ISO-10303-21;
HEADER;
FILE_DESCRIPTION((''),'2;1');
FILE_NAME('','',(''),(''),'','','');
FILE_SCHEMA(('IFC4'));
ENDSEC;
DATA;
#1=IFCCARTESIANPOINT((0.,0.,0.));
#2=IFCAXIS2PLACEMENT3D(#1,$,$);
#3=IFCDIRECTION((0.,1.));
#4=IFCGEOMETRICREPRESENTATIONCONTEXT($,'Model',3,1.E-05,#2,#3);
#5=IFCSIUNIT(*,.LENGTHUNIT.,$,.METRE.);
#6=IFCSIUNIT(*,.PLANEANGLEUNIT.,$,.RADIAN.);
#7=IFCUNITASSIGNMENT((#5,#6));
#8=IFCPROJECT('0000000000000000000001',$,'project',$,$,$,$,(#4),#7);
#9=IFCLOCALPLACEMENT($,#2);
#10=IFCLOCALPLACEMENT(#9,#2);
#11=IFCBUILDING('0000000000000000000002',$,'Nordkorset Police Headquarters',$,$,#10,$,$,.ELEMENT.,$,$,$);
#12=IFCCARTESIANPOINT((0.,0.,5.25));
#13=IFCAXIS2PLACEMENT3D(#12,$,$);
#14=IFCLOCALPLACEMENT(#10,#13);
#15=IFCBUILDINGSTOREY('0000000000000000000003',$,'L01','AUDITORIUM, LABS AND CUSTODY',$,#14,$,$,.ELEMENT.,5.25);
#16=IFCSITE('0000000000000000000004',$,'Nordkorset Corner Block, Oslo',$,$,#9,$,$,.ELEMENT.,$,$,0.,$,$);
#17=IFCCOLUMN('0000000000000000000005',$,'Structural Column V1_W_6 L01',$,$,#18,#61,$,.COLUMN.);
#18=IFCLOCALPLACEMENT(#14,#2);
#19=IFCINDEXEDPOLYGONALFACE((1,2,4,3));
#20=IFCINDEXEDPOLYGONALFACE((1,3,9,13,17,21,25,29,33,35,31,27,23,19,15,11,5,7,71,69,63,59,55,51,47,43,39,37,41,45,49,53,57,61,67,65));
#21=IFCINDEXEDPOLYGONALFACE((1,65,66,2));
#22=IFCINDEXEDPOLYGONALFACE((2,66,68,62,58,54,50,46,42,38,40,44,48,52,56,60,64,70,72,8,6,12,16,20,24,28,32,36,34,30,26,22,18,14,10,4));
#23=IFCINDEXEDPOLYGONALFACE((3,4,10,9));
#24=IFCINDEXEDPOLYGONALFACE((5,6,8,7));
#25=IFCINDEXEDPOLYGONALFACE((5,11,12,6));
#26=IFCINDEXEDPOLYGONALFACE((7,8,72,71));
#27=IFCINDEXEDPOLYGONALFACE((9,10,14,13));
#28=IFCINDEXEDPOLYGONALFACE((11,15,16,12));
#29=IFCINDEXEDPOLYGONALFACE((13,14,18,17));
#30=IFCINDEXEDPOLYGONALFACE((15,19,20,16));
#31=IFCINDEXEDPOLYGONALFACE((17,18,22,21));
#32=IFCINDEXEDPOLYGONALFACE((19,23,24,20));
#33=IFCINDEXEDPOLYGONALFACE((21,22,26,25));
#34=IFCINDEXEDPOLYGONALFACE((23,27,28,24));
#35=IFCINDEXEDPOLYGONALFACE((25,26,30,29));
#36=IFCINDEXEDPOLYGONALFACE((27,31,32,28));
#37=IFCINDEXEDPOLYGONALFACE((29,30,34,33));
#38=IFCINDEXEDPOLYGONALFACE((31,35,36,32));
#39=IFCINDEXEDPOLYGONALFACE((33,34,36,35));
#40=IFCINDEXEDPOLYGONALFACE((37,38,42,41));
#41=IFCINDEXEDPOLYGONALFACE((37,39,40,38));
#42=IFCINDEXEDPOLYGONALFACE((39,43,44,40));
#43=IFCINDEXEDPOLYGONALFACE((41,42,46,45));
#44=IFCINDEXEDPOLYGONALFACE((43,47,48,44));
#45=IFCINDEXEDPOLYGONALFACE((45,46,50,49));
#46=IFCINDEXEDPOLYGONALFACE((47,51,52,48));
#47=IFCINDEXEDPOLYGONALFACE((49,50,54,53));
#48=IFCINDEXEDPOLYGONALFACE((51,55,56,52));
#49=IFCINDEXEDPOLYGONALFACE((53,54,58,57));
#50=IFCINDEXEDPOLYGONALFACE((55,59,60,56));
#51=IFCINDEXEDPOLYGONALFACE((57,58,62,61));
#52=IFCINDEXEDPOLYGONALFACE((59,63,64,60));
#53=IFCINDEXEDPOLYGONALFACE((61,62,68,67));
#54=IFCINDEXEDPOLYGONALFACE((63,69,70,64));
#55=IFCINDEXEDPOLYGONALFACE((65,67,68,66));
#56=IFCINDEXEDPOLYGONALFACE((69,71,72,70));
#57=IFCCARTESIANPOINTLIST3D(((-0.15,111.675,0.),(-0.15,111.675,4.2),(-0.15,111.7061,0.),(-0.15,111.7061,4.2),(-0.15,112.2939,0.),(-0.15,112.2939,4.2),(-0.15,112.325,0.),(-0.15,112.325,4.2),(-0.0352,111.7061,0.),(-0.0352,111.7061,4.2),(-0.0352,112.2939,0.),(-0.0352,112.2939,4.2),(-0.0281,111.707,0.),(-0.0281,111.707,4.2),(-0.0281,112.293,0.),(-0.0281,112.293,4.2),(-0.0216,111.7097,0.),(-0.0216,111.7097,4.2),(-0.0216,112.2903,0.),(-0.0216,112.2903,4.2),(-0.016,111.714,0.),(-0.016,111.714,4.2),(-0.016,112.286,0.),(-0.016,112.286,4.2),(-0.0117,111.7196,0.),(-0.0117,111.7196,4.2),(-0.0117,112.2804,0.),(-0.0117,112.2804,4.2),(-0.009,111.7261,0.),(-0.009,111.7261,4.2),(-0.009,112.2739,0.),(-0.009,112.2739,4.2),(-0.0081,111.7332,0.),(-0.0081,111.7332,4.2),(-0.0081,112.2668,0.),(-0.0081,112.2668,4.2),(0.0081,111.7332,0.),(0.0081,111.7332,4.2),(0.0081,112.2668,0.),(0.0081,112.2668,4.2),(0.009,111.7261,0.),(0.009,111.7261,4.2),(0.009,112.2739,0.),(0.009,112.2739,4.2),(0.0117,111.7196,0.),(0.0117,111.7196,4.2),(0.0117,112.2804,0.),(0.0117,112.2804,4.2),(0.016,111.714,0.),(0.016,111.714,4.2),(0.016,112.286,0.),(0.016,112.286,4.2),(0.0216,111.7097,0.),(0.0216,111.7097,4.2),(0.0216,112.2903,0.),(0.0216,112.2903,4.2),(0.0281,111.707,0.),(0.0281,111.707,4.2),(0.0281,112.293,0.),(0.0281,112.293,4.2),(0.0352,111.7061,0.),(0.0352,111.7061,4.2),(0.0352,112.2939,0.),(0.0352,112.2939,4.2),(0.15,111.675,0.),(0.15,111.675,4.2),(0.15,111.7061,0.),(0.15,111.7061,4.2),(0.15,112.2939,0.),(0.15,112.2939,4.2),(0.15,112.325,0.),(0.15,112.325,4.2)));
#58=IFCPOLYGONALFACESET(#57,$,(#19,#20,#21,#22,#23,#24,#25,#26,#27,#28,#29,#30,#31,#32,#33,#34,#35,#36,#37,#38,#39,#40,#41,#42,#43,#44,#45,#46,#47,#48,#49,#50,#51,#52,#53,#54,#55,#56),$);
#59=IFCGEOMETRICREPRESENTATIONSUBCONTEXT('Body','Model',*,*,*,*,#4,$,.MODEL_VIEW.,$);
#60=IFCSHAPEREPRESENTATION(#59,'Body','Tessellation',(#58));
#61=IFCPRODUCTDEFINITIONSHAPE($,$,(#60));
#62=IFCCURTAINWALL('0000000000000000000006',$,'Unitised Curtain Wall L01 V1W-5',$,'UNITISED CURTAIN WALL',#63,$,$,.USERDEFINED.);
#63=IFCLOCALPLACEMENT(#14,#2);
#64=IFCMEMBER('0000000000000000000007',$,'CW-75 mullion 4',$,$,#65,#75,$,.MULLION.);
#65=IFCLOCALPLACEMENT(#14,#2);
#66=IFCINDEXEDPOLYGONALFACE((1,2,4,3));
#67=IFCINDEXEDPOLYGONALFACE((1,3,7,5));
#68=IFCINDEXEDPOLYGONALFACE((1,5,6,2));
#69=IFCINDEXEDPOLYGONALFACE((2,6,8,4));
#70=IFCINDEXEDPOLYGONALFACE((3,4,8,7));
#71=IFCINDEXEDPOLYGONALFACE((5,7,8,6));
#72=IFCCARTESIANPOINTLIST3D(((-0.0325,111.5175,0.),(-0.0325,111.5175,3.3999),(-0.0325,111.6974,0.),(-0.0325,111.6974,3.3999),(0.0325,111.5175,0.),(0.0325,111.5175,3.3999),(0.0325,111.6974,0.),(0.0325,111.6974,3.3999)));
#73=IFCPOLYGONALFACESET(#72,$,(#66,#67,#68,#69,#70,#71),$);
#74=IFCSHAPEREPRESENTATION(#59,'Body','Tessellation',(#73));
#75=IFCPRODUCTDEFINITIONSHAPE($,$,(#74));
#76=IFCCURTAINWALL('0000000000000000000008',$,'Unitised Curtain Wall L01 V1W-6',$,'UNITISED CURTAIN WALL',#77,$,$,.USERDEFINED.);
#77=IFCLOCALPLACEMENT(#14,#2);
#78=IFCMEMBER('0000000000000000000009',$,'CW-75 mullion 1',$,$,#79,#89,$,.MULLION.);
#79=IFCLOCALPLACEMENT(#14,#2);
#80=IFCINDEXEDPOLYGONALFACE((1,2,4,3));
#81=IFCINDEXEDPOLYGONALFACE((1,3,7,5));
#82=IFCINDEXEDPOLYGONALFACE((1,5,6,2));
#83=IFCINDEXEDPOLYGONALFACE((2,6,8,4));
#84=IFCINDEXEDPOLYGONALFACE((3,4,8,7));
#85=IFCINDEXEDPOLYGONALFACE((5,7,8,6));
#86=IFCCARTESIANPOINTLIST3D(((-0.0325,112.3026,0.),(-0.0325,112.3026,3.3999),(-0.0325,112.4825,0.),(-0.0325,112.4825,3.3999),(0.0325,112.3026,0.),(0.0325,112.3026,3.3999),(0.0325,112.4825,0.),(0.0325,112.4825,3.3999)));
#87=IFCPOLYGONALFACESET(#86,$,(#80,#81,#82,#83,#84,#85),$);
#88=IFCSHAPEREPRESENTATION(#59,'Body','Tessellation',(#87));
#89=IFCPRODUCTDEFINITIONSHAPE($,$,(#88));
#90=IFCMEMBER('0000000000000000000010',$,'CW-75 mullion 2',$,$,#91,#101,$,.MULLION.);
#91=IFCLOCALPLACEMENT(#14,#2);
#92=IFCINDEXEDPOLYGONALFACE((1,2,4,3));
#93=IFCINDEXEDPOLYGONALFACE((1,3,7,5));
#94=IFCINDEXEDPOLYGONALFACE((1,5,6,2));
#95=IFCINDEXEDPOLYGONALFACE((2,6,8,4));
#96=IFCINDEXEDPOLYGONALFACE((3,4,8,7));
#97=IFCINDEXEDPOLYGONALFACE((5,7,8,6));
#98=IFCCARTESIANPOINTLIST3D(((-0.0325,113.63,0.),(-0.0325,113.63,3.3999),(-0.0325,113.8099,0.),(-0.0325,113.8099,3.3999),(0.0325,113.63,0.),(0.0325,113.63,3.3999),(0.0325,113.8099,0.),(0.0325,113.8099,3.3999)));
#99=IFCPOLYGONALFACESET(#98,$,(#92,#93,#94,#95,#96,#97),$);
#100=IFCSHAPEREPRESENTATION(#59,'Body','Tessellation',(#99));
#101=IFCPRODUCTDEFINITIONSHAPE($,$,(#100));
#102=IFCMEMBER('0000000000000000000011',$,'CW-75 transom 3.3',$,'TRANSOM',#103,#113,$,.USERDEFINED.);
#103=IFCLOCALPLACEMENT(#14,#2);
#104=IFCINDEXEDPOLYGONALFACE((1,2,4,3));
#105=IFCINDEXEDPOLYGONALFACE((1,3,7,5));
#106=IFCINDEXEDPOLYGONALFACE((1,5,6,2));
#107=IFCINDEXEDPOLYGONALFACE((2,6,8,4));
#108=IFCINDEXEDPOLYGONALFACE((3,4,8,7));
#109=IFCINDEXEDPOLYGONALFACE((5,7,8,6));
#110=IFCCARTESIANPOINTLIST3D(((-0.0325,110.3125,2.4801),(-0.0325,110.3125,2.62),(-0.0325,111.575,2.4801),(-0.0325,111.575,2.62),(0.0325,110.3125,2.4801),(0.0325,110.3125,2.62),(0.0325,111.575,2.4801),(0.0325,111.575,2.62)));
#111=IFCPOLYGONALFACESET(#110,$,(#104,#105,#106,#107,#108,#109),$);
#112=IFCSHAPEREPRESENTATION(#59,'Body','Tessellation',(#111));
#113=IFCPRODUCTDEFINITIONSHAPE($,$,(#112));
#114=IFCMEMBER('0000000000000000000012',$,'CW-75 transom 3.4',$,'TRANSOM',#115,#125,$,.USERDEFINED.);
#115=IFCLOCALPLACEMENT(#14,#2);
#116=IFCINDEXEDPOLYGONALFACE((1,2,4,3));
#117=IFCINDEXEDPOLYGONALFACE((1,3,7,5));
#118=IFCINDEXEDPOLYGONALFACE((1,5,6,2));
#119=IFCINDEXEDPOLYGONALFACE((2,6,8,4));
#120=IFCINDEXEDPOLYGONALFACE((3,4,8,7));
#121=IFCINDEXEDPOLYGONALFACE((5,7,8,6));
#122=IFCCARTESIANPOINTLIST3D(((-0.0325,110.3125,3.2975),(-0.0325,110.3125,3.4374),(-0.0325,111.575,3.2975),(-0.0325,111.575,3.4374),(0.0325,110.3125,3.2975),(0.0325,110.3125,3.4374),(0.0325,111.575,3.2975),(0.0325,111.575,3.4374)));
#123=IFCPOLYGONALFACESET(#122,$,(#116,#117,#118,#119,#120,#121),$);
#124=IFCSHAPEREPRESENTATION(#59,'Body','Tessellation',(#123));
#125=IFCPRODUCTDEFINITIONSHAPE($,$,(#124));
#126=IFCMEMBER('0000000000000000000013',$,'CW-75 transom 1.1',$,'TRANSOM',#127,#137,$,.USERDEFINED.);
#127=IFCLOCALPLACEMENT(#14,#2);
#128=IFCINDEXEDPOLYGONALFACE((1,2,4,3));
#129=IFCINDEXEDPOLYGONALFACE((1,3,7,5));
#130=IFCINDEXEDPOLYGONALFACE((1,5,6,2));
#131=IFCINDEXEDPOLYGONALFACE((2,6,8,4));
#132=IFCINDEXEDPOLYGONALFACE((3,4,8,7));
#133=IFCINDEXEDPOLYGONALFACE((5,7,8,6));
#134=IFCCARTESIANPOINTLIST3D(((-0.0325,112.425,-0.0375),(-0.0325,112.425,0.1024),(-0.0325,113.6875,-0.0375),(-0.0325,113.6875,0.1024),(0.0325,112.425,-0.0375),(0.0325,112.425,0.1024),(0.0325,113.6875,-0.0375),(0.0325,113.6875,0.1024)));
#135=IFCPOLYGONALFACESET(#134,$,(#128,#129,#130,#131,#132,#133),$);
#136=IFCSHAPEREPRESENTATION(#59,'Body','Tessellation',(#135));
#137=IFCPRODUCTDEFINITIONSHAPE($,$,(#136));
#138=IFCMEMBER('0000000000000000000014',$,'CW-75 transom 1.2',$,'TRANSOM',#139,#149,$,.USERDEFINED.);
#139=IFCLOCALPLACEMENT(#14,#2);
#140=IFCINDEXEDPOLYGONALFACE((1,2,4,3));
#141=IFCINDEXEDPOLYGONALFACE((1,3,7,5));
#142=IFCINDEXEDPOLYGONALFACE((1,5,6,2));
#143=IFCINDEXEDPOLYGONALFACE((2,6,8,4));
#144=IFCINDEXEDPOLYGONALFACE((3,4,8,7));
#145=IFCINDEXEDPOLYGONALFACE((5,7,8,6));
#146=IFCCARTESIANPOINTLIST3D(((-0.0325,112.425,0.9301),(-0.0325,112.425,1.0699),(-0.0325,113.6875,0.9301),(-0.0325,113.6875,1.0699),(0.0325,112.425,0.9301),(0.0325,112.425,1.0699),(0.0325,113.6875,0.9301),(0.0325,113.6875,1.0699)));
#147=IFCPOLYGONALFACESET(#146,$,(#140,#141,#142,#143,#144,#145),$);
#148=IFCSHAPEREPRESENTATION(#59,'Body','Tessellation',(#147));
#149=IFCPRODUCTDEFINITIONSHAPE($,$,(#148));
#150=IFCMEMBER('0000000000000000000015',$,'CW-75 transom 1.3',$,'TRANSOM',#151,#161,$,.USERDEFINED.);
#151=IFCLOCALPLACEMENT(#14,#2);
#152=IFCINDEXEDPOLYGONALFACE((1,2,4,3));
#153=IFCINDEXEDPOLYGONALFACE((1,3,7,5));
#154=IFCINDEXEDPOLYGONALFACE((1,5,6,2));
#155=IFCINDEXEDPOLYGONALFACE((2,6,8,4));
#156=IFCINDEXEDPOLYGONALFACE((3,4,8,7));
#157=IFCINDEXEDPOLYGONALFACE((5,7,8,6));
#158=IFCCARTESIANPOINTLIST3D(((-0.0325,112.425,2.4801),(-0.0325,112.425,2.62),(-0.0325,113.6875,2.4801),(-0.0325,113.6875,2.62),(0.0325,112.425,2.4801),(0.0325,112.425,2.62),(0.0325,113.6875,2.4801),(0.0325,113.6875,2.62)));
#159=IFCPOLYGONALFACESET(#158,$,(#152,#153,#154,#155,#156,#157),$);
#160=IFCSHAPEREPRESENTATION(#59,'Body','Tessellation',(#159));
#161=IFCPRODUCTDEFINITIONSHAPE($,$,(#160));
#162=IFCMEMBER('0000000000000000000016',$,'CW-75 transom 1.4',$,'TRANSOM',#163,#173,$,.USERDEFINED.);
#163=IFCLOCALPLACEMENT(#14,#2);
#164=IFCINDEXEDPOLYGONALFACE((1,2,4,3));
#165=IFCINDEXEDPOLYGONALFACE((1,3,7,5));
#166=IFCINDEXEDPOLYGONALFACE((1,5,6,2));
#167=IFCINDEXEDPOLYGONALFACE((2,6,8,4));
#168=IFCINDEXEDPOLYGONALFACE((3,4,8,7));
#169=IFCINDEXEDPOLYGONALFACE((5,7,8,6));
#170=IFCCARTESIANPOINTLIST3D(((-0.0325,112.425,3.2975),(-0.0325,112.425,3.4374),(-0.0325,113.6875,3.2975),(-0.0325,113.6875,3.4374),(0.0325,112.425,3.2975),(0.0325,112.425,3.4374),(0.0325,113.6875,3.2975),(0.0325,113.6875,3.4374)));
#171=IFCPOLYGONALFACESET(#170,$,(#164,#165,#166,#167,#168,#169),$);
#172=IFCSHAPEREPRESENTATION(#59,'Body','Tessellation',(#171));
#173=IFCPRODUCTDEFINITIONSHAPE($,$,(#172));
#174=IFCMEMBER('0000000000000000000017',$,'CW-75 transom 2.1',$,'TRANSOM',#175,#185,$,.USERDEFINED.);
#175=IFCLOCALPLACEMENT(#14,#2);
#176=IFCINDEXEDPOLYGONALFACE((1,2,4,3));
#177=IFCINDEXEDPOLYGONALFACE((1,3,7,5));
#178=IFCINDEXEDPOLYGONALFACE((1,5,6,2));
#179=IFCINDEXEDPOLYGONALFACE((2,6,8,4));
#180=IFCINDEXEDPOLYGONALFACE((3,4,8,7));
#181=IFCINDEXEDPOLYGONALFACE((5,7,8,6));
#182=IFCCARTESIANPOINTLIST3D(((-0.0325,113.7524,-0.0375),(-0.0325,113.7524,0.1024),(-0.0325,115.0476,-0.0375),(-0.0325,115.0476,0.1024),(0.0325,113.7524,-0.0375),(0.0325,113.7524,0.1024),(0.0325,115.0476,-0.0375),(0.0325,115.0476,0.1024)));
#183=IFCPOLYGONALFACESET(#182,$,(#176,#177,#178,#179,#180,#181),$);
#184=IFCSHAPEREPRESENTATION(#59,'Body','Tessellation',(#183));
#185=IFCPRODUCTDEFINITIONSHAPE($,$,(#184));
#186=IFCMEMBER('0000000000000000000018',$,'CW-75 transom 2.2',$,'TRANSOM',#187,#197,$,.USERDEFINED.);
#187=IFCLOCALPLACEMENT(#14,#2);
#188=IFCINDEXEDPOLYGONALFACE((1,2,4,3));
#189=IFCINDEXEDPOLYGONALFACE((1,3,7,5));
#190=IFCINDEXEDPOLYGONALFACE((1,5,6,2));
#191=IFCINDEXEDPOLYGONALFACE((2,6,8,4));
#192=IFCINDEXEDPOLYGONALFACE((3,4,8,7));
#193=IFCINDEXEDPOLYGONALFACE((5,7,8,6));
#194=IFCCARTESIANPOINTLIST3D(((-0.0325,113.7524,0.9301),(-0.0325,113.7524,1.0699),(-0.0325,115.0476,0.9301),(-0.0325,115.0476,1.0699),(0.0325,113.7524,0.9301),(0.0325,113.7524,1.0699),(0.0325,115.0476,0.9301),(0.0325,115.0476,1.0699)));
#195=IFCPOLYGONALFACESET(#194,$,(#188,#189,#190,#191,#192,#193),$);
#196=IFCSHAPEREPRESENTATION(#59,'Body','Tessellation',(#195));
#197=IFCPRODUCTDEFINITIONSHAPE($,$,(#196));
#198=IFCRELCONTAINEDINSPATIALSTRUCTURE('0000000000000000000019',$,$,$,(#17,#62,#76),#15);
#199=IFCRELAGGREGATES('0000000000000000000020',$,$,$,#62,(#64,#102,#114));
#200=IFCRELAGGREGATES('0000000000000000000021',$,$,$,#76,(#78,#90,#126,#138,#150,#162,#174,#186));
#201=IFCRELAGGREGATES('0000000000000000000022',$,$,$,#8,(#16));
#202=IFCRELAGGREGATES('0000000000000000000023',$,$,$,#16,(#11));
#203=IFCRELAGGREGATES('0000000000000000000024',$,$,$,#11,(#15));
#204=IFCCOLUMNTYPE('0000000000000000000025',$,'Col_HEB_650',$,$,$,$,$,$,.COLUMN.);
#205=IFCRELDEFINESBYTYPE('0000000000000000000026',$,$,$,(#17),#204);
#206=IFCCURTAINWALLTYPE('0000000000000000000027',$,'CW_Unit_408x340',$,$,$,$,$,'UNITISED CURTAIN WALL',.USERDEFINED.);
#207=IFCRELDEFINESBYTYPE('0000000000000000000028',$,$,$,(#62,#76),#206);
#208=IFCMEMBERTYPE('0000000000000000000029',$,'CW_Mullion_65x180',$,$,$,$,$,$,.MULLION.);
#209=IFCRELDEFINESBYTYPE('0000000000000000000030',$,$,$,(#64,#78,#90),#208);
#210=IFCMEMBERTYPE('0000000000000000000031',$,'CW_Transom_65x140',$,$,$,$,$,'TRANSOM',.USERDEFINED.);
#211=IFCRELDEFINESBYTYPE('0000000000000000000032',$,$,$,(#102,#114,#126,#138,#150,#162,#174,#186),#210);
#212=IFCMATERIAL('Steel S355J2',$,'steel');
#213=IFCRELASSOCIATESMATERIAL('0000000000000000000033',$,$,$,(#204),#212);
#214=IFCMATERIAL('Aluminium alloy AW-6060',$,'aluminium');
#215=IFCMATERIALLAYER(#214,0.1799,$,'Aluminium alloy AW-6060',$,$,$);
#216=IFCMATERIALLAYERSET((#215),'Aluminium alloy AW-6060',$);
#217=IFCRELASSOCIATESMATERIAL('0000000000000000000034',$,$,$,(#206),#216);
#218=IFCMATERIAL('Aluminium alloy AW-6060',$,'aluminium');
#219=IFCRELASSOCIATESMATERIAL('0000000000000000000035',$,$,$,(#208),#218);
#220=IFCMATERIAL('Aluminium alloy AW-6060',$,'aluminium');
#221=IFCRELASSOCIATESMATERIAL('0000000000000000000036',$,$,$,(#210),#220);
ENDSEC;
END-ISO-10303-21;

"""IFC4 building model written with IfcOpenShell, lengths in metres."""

from ifc_helpers import new_model, si_unit, direction, frame, origin, origin_2d, place, context, subcontext, project, spatial, rectangle, i_section, extrude, material, layer, layer_set, material_profile, profile_set, type_object, element, aggregate, save


model = new_model("IFC4")

# Units and contexts
model_context = context("Model", 3, precision=1e-05, world=origin(), true_north=direction((0.0, 1.0)))
body_context = subcontext(model_context, "Body", "Model", "MODEL_VIEW")
ifc_project = project(units=[si_unit("LENGTHUNIT", "METRE"), si_unit("PLANEANGLEUNIT", "RADIAN")], contexts=[model_context])

# Site, building, storey
site_placement = place(None, origin())
site = spatial("IfcSite", under=ifc_project, at=site_placement, Name="Nordkorset Corner Block, Oslo", CompositionType="ELEMENT", RefElevation=0.0)
building_placement = place(site_placement, origin())
building = spatial("IfcBuilding", under=site, at=building_placement, Name="Nordkorset Police Headquarters", CompositionType="ELEMENT")
storey_placement = place(building_placement, frame((0.0, 0.0, 5.25)))
storey = spatial("IfcBuildingStorey", under=building, at=storey_placement, Name="L01", Description="AUDITORIUM, LABS AND CUSTODY", CompositionType="ELEMENT", Elevation=5.25)

# Column
ifc_material_1 = material(Name="Steel S355J2", Category="steel")
ifc_material_profile_1 = material_profile(ifc_material_1, i_section(OverallWidth=0.3, OverallDepth=0.6499, WebThickness=0.0161, FlangeThickness=0.031, FilletRadius=0.0271, at=origin_2d()), Name="HEB 650")
ifc_profile_set_1 = profile_set([ifc_material_profile_1], Name="Steel S355J2")
column_type = type_object("IfcColumnType", Name="Col_HEB_650", PredefinedType="COLUMN", material=ifc_profile_set_1)
column_placement = place(storey_placement, frame((0.0, 112.0, 0.0), z_axis=(0.0, 0.0, 1.0), x_axis=(1.0, 0.0, 0.0)))
element("IfcColumn", 1, at=column_placement, inside=storey, type_object=column_type, Name="Structural Column V1_W_6 L01", PredefinedType="COLUMN", context=body_context, shape_type="SweptSolid", body=[
    extrude(i_section(OverallWidth=0.3, OverallDepth=0.6499, WebThickness=0.0161, FlangeThickness=0.031, FilletRadius=0.0271, at=origin_2d()), origin(), (0.0, 0.0, 1.0), 4.2),
])

# Curtain wall, member
ifc_material_2 = material(Name="Aluminium alloy AW-6060", Category="aluminium")
ifc_layer_1 = layer(ifc_material_2, 0.1799, Name="Aluminium alloy AW-6060")
ifc_layer_set_1 = layer_set([ifc_layer_1], Name="Aluminium alloy AW-6060")
curtain_wall_type = type_object("IfcCurtainWallType", Name="CW_Unit_408x340", ElementType="UNITISED CURTAIN WALL", PredefinedType="USERDEFINED", material=ifc_layer_set_1)
curtain_wall_1_placement = place(storey_placement, origin())
curtain_wall_1 = element("IfcCurtainWall", 2, at=curtain_wall_1_placement, inside=storey, type_object=curtain_wall_type, Name="Unitised Curtain Wall L01 V1W-5", ObjectType="UNITISED CURTAIN WALL", PredefinedType="USERDEFINED")
ifc_material_3 = material(Name="Aluminium alloy AW-6060", Category="aluminium")
ifc_material_profile_2 = material_profile(ifc_material_3, rectangle(XDim=0.0649, YDim=0.1799, at=origin_2d()), Name="ALU MULL 65x180")
ifc_profile_set_2 = profile_set([ifc_material_profile_2], Name="Aluminium alloy AW-6060")
member_type_1 = type_object("IfcMemberType", Name="CW_Mullion_65x180", PredefinedType="MULLION", material=ifc_profile_set_2)
member_1_placement = place(storey_placement, frame((0.0, 111.6074, 0.0), z_axis=(0.0, 0.0, 1.0), x_axis=(-1.0, 0.0, 0.0)))
member_1 = element("IfcMember", 3, at=member_1_placement, type_object=member_type_1, Name="CW-75 mullion 4", PredefinedType="MULLION", context=body_context, shape_type="SweptSolid", body=[
    extrude(rectangle(XDim=0.0649, YDim=0.1799, at=origin_2d()), origin(), (0.0, 0.0, 1.0), 3.3999),
])

# Curtain wall, members
curtain_wall_2_placement = place(storey_placement, origin())
curtain_wall_2 = element("IfcCurtainWall", 4, at=curtain_wall_2_placement, inside=storey, type_object=curtain_wall_type, Name="Unitised Curtain Wall L01 V1W-6", ObjectType="UNITISED CURTAIN WALL", PredefinedType="USERDEFINED")
member_2_placement = place(storey_placement, frame((0.0, 112.3926, 0.0), z_axis=(0.0, 0.0, 1.0), x_axis=(-1.0, 0.0, 0.0)))
member_2 = element("IfcMember", 5, at=member_2_placement, type_object=member_type_1, Name="CW-75 mullion 1", PredefinedType="MULLION", context=body_context, shape_type="SweptSolid", body=[
    extrude(rectangle(XDim=0.0649, YDim=0.1799, at=origin_2d()), origin(), (0.0, 0.0, 1.0), 3.3999),
])
member_3_placement = place(storey_placement, frame((0.0, 113.72, 0.0), z_axis=(0.0, 0.0, 1.0), x_axis=(-1.0, 0.0, 0.0)))
member_3 = element("IfcMember", 6, at=member_3_placement, type_object=member_type_1, Name="CW-75 mullion 2", PredefinedType="MULLION", context=body_context, shape_type="SweptSolid", body=[
    extrude(rectangle(XDim=0.0649, YDim=0.1799, at=origin_2d()), origin(), (0.0, 0.0, 1.0), 3.3999),
])

# Members
ifc_material_4 = material(Name="Aluminium alloy AW-6060", Category="aluminium")
ifc_material_profile_3 = material_profile(ifc_material_4, rectangle(XDim=0.0649, YDim=0.1399, at=origin_2d()), Name="ALU TRAN 65x140")
ifc_profile_set_3 = profile_set([ifc_material_profile_3], Name="Aluminium alloy AW-6060")
member_type_2 = type_object("IfcMemberType", Name="CW_Transom_65x140", ElementType="TRANSOM", PredefinedType="USERDEFINED", material=ifc_profile_set_3)
member_4_placement = place(storey_placement, frame((0.0, 110.3125, 2.55), z_axis=(0.0, 1.0, 0.0), x_axis=(-1.0, 0.0, 0.0)))
member_4 = element("IfcMember", 7, at=member_4_placement, type_object=member_type_2, Name="CW-75 transom 3.3", ObjectType="TRANSOM", PredefinedType="USERDEFINED", context=body_context, shape_type="SweptSolid", body=[
    extrude(rectangle(XDim=0.0649, YDim=0.1399, at=origin_2d()), origin(), (0.0, 0.0, 1.0), 1.2625),
])
member_5_placement = place(storey_placement, frame((0.0, 110.3125, 3.3674), z_axis=(0.0, 1.0, 0.0), x_axis=(-1.0, 0.0, 0.0)))
member_5 = element("IfcMember", 8, at=member_5_placement, type_object=member_type_2, Name="CW-75 transom 3.4", ObjectType="TRANSOM", PredefinedType="USERDEFINED", context=body_context, shape_type="SweptSolid", body=[
    extrude(rectangle(XDim=0.0649, YDim=0.1399, at=origin_2d()), origin(), (0.0, 0.0, 1.0), 1.2625),
])
member_6_placement = place(storey_placement, frame((0.0, 112.425, 0.0325), z_axis=(0.0, 1.0, 0.0), x_axis=(-1.0, 0.0, 0.0)))
member_6 = element("IfcMember", 9, at=member_6_placement, type_object=member_type_2, Name="CW-75 transom 1.1", ObjectType="TRANSOM", PredefinedType="USERDEFINED", context=body_context, shape_type="SweptSolid", body=[
    extrude(rectangle(XDim=0.0649, YDim=0.1399, at=origin_2d()), origin(), (0.0, 0.0, 1.0), 1.2625),
])
member_7_placement = place(storey_placement, frame((0.0, 112.425, 1.0), z_axis=(0.0, 1.0, 0.0), x_axis=(-1.0, 0.0, 0.0)))
member_7 = element("IfcMember", 10, at=member_7_placement, type_object=member_type_2, Name="CW-75 transom 1.2", ObjectType="TRANSOM", PredefinedType="USERDEFINED", context=body_context, shape_type="SweptSolid", body=[
    extrude(rectangle(XDim=0.0649, YDim=0.1399, at=origin_2d()), origin(), (0.0, 0.0, 1.0), 1.2625),
])
member_8_placement = place(storey_placement, frame((0.0, 112.425, 2.55), z_axis=(0.0, 1.0, 0.0), x_axis=(-1.0, 0.0, 0.0)))
member_8 = element("IfcMember", 11, at=member_8_placement, type_object=member_type_2, Name="CW-75 transom 1.3", ObjectType="TRANSOM", PredefinedType="USERDEFINED", context=body_context, shape_type="SweptSolid", body=[
    extrude(rectangle(XDim=0.0649, YDim=0.1399, at=origin_2d()), origin(), (0.0, 0.0, 1.0), 1.2625),
])
member_9_placement = place(storey_placement, frame((0.0, 112.425, 3.3674), z_axis=(0.0, 1.0, 0.0), x_axis=(-1.0, 0.0, 0.0)))
member_9 = element("IfcMember", 12, at=member_9_placement, type_object=member_type_2, Name="CW-75 transom 1.4", ObjectType="TRANSOM", PredefinedType="USERDEFINED", context=body_context, shape_type="SweptSolid", body=[
    extrude(rectangle(XDim=0.0649, YDim=0.1399, at=origin_2d()), origin(), (0.0, 0.0, 1.0), 1.2625),
])
member_10_placement = place(storey_placement, frame((0.0, 113.7524, 0.0325), z_axis=(0.0, 1.0, 0.0), x_axis=(-1.0, 0.0, 0.0)))
member_10 = element("IfcMember", 13, at=member_10_placement, type_object=member_type_2, Name="CW-75 transom 2.1", ObjectType="TRANSOM", PredefinedType="USERDEFINED", context=body_context, shape_type="SweptSolid", body=[
    extrude(rectangle(XDim=0.0649, YDim=0.1399, at=origin_2d()), origin(), (0.0, 0.0, 1.0), 1.2952),
])
member_11_placement = place(storey_placement, frame((0.0, 113.7524, 1.0), z_axis=(0.0, 1.0, 0.0), x_axis=(-1.0, 0.0, 0.0)))
member_11 = element("IfcMember", 14, at=member_11_placement, type_object=member_type_2, Name="CW-75 transom 2.2", ObjectType="TRANSOM", PredefinedType="USERDEFINED", context=body_context, shape_type="SweptSolid", body=[
    extrude(rectangle(XDim=0.0649, YDim=0.1399, at=origin_2d()), origin(), (0.0, 0.0, 1.0), 1.2952),
])

aggregate(curtain_wall_1, [member_1, member_4, member_5])
aggregate(curtain_wall_2, [member_2, member_3, member_6, member_7, member_8, member_9, member_10, member_11])

save(model, "model.ifc")
